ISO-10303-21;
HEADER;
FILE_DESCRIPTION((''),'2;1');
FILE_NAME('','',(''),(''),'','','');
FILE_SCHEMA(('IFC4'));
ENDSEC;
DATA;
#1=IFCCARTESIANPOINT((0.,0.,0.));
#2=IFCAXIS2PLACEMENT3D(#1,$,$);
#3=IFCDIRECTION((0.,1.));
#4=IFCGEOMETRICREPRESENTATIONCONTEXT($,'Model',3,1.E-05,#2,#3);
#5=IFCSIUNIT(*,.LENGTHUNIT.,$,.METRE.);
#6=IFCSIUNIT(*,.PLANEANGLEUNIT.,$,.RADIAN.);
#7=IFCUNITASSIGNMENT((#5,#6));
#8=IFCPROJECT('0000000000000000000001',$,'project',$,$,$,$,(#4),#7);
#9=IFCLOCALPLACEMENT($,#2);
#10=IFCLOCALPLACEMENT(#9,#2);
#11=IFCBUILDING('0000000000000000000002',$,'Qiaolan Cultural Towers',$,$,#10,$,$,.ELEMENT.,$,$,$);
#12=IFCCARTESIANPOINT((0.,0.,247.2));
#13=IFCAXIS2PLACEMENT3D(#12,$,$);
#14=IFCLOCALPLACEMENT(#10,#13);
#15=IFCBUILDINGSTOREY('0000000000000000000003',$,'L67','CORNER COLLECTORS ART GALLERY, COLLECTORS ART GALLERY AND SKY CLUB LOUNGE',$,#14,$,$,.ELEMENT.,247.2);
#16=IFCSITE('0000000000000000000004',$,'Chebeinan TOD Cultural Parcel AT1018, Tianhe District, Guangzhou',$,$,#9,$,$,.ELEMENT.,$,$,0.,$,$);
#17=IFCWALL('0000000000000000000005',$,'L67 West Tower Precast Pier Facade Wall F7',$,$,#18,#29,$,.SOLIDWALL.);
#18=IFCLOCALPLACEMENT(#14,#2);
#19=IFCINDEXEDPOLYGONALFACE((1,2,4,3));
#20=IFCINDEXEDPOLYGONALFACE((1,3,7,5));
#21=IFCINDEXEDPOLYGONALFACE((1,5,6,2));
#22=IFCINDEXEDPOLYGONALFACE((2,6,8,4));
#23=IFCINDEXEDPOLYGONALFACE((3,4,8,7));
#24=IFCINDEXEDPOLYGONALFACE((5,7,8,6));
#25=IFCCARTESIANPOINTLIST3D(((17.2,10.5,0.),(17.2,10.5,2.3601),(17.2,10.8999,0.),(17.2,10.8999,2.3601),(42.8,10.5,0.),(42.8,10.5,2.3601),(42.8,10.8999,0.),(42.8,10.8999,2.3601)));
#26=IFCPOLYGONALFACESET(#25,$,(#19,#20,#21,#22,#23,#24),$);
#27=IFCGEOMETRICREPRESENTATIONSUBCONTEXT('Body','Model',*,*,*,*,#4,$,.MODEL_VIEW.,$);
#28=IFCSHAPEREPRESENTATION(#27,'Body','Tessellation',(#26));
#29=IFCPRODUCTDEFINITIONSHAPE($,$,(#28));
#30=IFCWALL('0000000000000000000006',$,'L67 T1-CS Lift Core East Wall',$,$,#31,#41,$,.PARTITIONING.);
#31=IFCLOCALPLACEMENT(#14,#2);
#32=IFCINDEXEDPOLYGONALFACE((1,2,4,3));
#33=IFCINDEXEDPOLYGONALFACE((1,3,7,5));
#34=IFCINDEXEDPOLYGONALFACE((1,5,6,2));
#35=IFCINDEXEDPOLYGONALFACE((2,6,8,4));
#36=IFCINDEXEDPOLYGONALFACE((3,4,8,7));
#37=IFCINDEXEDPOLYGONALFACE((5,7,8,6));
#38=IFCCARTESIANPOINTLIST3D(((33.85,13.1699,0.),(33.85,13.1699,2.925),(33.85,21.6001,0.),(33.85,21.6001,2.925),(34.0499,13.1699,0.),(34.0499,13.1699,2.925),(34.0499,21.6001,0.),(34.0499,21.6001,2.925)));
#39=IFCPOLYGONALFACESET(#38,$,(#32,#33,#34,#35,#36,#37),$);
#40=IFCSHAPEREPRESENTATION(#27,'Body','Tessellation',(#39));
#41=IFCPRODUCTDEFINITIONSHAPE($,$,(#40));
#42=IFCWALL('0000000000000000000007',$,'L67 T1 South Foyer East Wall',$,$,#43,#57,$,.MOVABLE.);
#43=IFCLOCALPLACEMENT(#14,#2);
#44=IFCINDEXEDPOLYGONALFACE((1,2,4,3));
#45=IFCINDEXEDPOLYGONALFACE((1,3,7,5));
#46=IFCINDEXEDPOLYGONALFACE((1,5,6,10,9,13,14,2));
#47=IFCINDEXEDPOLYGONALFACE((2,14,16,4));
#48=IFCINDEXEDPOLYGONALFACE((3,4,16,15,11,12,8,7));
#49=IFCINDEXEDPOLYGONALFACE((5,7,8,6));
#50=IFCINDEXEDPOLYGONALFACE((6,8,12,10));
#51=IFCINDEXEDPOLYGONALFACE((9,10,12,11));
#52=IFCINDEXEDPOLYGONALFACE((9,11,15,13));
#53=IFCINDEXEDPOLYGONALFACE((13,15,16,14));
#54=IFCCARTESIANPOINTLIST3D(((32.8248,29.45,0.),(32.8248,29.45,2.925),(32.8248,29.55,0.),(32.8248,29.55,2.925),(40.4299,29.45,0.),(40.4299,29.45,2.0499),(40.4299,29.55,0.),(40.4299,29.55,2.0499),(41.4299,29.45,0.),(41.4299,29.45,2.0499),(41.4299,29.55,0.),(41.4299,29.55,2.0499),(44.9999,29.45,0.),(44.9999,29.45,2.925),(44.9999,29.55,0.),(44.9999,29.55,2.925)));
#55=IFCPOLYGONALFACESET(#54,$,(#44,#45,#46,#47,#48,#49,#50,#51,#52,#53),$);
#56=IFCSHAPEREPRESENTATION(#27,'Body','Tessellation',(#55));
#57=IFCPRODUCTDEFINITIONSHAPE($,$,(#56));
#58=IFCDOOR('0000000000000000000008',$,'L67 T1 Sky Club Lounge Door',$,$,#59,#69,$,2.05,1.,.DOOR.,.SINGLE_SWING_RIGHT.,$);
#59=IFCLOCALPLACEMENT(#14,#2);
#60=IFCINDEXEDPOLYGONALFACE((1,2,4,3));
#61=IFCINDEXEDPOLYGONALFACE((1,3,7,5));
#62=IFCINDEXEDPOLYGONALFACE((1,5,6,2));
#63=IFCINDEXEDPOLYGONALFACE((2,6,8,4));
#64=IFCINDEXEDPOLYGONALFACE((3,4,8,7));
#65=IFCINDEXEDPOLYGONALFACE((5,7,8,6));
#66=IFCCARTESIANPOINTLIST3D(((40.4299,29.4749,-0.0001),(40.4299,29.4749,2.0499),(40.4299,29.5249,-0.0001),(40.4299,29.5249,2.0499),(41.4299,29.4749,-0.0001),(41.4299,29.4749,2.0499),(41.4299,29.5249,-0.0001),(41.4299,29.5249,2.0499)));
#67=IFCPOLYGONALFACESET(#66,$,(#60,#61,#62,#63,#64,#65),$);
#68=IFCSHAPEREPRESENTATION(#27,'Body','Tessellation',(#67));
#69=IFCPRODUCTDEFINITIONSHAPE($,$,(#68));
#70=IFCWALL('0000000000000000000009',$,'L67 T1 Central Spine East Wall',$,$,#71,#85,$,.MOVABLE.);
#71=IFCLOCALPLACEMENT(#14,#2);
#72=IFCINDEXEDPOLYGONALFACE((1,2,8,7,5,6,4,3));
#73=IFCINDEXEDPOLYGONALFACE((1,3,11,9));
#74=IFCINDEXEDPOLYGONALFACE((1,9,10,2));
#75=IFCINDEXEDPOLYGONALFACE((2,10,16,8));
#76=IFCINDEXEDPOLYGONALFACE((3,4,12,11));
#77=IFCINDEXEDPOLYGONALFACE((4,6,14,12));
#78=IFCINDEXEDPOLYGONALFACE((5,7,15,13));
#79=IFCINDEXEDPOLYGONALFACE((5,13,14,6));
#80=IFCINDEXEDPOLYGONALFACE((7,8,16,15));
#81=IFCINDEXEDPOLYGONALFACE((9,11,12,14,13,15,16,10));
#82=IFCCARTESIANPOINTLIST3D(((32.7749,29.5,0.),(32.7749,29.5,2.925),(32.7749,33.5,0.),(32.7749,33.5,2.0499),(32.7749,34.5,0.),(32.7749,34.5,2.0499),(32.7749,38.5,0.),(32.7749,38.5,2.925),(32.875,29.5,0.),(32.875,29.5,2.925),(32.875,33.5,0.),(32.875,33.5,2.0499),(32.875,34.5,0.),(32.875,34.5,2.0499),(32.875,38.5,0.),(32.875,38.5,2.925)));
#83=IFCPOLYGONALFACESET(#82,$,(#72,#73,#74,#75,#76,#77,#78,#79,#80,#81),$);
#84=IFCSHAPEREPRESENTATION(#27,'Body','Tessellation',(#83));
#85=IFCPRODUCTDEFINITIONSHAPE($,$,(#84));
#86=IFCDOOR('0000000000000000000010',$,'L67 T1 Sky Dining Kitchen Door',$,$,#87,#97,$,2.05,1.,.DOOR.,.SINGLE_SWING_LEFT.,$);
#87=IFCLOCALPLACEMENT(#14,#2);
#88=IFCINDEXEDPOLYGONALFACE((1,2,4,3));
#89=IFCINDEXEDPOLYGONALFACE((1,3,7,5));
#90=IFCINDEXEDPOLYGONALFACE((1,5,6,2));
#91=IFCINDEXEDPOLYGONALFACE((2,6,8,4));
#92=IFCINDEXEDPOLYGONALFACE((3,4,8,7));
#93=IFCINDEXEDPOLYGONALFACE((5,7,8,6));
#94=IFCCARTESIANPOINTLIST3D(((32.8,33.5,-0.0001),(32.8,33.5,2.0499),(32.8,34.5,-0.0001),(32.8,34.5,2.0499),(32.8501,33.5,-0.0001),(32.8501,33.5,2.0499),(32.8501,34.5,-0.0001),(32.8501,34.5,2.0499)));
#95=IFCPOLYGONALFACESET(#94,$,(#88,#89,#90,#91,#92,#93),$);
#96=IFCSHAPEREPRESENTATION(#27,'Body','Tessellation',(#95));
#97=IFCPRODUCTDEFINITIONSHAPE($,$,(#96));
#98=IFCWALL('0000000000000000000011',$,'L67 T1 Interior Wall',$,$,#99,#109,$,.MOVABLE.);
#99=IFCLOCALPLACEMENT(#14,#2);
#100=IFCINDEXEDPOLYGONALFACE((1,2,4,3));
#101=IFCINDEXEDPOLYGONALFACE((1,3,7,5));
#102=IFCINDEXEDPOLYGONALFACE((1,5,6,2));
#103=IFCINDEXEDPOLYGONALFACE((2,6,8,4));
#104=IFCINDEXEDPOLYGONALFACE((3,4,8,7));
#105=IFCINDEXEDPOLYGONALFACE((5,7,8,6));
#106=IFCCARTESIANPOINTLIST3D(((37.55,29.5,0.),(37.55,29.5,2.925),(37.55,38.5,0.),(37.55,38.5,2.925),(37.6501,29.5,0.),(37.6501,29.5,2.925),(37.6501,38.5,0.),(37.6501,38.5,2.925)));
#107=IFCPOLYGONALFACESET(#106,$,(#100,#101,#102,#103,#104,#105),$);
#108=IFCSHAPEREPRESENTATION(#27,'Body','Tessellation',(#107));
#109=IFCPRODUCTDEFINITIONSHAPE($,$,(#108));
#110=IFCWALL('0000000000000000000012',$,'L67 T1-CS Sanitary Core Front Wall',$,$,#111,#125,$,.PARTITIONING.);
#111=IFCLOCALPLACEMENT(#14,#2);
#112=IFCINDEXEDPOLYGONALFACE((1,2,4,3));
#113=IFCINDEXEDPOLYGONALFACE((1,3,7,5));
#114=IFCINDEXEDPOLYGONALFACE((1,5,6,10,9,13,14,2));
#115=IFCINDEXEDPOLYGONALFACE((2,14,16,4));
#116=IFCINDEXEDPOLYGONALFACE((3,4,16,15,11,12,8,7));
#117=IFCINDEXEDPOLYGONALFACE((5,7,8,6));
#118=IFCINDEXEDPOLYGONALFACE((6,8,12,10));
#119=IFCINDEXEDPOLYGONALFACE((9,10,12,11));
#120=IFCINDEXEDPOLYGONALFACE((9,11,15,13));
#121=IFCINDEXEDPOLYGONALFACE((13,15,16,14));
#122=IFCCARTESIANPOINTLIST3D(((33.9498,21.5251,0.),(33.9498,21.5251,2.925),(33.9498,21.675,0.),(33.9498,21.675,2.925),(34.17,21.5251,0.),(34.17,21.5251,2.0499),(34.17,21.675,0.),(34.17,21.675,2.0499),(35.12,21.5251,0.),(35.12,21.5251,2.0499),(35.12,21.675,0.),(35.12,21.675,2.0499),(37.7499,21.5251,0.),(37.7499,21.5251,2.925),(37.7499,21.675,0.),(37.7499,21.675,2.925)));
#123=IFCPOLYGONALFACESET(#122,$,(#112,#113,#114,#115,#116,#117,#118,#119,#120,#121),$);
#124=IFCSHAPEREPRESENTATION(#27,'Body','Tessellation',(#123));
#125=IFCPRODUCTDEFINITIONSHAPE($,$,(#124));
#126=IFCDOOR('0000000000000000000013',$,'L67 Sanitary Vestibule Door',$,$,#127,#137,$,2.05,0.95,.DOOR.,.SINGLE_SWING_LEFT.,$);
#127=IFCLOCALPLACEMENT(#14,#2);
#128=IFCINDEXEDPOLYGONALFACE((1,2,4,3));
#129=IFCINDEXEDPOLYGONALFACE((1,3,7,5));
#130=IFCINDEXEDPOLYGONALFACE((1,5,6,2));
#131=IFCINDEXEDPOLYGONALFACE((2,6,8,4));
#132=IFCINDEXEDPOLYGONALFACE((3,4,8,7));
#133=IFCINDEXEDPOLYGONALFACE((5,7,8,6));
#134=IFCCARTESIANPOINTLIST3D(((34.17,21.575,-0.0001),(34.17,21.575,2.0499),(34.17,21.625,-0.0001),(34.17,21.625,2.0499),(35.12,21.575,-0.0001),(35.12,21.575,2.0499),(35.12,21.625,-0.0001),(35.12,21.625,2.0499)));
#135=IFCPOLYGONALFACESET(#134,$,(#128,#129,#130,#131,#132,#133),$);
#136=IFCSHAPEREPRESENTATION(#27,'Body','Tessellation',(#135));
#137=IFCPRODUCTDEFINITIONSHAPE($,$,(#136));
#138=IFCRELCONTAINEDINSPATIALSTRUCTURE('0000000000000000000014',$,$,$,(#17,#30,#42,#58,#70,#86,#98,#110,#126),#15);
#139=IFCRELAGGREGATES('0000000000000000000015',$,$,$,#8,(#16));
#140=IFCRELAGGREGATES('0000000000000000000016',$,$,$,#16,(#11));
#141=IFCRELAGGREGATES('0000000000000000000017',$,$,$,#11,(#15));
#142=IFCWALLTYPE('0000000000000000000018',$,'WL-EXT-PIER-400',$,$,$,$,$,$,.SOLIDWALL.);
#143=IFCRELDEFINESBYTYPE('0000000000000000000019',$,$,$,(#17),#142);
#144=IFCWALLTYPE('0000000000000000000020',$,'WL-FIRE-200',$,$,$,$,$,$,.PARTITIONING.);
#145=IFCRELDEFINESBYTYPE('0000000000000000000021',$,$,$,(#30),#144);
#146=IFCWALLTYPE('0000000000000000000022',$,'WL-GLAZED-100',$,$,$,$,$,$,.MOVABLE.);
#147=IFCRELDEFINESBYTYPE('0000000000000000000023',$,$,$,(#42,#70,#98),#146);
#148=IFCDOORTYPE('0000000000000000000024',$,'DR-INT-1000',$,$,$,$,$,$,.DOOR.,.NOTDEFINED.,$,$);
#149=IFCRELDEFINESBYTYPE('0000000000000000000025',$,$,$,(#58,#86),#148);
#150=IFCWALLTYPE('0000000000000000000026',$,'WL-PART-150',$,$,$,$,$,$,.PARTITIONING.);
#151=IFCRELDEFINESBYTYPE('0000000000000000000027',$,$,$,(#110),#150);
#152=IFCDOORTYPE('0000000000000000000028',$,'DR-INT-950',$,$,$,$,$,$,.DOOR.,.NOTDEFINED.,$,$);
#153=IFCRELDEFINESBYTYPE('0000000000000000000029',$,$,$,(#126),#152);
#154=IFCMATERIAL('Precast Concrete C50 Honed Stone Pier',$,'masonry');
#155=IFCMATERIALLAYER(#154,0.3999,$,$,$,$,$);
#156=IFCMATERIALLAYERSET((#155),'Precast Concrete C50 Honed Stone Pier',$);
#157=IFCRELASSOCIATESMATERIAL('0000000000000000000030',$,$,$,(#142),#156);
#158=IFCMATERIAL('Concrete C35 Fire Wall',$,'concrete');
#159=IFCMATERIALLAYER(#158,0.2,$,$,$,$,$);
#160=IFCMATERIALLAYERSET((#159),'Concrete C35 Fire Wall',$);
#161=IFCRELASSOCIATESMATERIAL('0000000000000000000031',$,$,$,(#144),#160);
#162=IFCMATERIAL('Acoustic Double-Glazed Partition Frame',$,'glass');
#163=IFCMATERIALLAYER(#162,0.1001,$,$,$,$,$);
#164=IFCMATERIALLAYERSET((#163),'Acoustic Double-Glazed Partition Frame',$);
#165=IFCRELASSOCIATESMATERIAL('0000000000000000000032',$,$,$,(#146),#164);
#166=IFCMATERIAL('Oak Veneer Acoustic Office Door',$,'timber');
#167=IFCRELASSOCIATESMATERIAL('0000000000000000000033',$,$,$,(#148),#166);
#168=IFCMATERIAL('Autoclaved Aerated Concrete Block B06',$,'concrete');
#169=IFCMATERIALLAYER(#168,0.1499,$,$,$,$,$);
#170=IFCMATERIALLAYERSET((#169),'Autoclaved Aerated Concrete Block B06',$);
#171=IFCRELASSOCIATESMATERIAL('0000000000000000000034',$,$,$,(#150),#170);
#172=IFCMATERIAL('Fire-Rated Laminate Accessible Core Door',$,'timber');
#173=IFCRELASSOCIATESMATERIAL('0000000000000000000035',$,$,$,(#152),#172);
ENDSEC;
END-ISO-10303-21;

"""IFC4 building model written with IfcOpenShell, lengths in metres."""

from ifc_helpers import new_model, si_unit, direction, frame, frame_2d, origin, place, context, subcontext, project, spatial, rectangle, extrude, material, layer, layer_set, type_object, element, fill, save


model = new_model("IFC4")

# Units and contexts
model_context = context("Model", 3, precision=1e-05, world=origin(), true_north=direction((0.0, 1.0)))
body_context = subcontext(model_context, "Body", "Model", "MODEL_VIEW")
ifc_project = project(units=[si_unit("LENGTHUNIT", "METRE"), si_unit("PLANEANGLEUNIT", "RADIAN")], contexts=[model_context])

# Site, building, storey
site_placement = place(None, origin())
site = spatial("IfcSite", under=ifc_project, at=site_placement, Name="Chebeinan TOD Cultural Parcel AT1018, Tianhe District, Guangzhou", CompositionType="ELEMENT", RefElevation=0.0)
building_placement = place(site_placement, origin())
building = spatial("IfcBuilding", under=site, at=building_placement, Name="Qiaolan Cultural Towers", CompositionType="ELEMENT")
storey_placement = place(building_placement, frame((0.0, 0.0, 247.2)))
storey = spatial("IfcBuildingStorey", under=building, at=storey_placement, Name="L67", Description="CORNER COLLECTORS ART GALLERY, COLLECTORS ART GALLERY AND SKY CLUB LOUNGE", CompositionType="ELEMENT", Elevation=247.2)

# Walls
ifc_material_1 = material(Name="Precast Concrete C50 Honed Stone Pier", Category="masonry")
ifc_layer_1 = layer(ifc_material_1, 0.3999)
ifc_layer_set_1 = layer_set([ifc_layer_1], Name="Precast Concrete C50 Honed Stone Pier")
wall_type_1 = type_object("IfcWallType", Name="WL-EXT-PIER-400", PredefinedType="SOLIDWALL", material=ifc_layer_set_1)
wall_1_placement = place(storey_placement, frame((42.8, 10.7, 0.0), z_axis=(0.0, 0.0, 1.0), x_axis=(-1.0, 0.0, 0.0)))
element("IfcWall", 1, at=wall_1_placement, inside=storey, type_object=wall_type_1, Name="L67 West Tower Precast Pier Facade Wall F7", PredefinedType="SOLIDWALL", context=body_context, shape_type="SweptSolid", body=[
    extrude(rectangle(XDim=25.6001, YDim=0.3999, at=frame_2d((12.8, 0.0))), origin(), (0.0, 0.0, 1.0), 2.3601),
])
ifc_material_2 = material(Name="Concrete C35 Fire Wall", Category="concrete")
ifc_layer_2 = layer(ifc_material_2, 0.2)
ifc_layer_set_2 = layer_set([ifc_layer_2], Name="Concrete C35 Fire Wall")
wall_type_2 = type_object("IfcWallType", Name="WL-FIRE-200", PredefinedType="PARTITIONING", material=ifc_layer_set_2)
wall_2_placement = place(storey_placement, frame((33.95, 21.6001, 0.0), z_axis=(0.0, 0.0, 1.0), x_axis=(0.0, -1.0, 0.0)))
element("IfcWall", 2, at=wall_2_placement, inside=storey, type_object=wall_type_2, Name="L67 T1-CS Lift Core East Wall", PredefinedType="PARTITIONING", context=body_context, shape_type="SweptSolid", body=[
    extrude(rectangle(XDim=8.4302, YDim=0.2, at=frame_2d((4.2151, 0.0))), origin(), (0.0, 0.0, 1.0), 2.925),
])

# Walls, openings, doors
ifc_material_3 = material(Name="Acoustic Double-Glazed Partition Frame", Category="glass")
ifc_layer_3 = layer(ifc_material_3, 0.1001)
ifc_layer_set_3 = layer_set([ifc_layer_3], Name="Acoustic Double-Glazed Partition Frame")
wall_type_3 = type_object("IfcWallType", Name="WL-GLAZED-100", PredefinedType="MOVABLE", material=ifc_layer_set_3)
wall_3_placement = place(storey_placement, frame((32.825, 29.5, 0.0), z_axis=(0.0, 0.0, 1.0), x_axis=(1.0, 0.0, 0.0)))
wall_3 = element("IfcWall", 3, at=wall_3_placement, inside=storey, type_object=wall_type_3, Name="L67 T1 South Foyer East Wall", PredefinedType="MOVABLE", context=body_context, shape_type="SweptSolid", body=[
    extrude(rectangle(XDim=12.175, YDim=0.1001, at=frame_2d((6.0874, 0.0))), origin(), (0.0, 0.0, 1.0), 2.925),
])
opening_1_placement = place(wall_3_placement, frame((7.605, 0.0, 0.0)))
opening_1 = element("IfcOpeningElement", 4, at=opening_1_placement, cuts=wall_3, PredefinedType="OPENING", context=body_context, shape_type="SweptSolid", body=[
    extrude(rectangle(XDim=1.0, YDim=2.05, at=frame_2d((0.5, 1.0249))), frame((0.0, 0.0601, 0.0), z_axis=(0.0, -1.0, 0.0), x_axis=(1.0, 0.0, 0.0)), (0.0, 0.0, 1.0), 0.1201),
])
ifc_material_4 = material(Name="Oak Veneer Acoustic Office Door", Category="timber")
door_type_1 = type_object("IfcDoorType", Name="DR-INT-1000", OperationType="NOTDEFINED", PredefinedType="DOOR", material=ifc_material_4)
door_1_placement = place(opening_1_placement, origin())
door_1 = element("IfcDoor", 5, at=door_1_placement, inside=storey, type_object=door_type_1, Name="L67 T1 Sky Club Lounge Door", OperationType="SINGLE_SWING_RIGHT", OverallHeight=2.05, OverallWidth=1.0, PredefinedType="DOOR", context=body_context, shape_type="SweptSolid", body=[
    extrude(rectangle(XDim=1.0, YDim=2.05, at=frame_2d((0.5, 1.0249))), frame((0.0, 0.0249, 0.0), z_axis=(0.0, -1.0, 0.0), x_axis=(1.0, 0.0, 0.0)), (0.0, 0.0, 1.0), 0.05),
])
fill(opening_1, door_1)
wall_4_placement = place(storey_placement, frame((32.825, 29.5, 0.0), z_axis=(0.0, 0.0, 1.0), x_axis=(0.0, 1.0, 0.0)))
wall_4 = element("IfcWall", 6, at=wall_4_placement, inside=storey, type_object=wall_type_3, Name="L67 T1 Central Spine East Wall", PredefinedType="MOVABLE", context=body_context, shape_type="SweptSolid", body=[
    extrude(rectangle(XDim=9.0, YDim=0.1001, at=frame_2d((4.5, 0.0))), origin(), (0.0, 0.0, 1.0), 2.925),
])
opening_2_placement = place(wall_4_placement, frame((4.0, 0.0, 0.0)))
opening_2 = element("IfcOpeningElement", 7, at=opening_2_placement, cuts=wall_4, PredefinedType="OPENING", context=body_context, shape_type="SweptSolid", body=[
    extrude(rectangle(XDim=1.0, YDim=2.05, at=frame_2d((0.5, 1.0249))), frame((0.0, 0.0601, 0.0), z_axis=(0.0, -1.0, 0.0), x_axis=(1.0, 0.0, 0.0)), (0.0, 0.0, 1.0), 0.1201),
])
door_2_placement = place(opening_2_placement, origin())
door_2 = element("IfcDoor", 8, at=door_2_placement, inside=storey, type_object=door_type_1, Name="L67 T1 Sky Dining Kitchen Door", OperationType="SINGLE_SWING_LEFT", OverallHeight=2.05, OverallWidth=1.0, PredefinedType="DOOR", context=body_context, shape_type="SweptSolid", body=[
    extrude(rectangle(XDim=1.0, YDim=2.05, at=frame_2d((0.5, 1.0249))), frame((0.0, 0.0249, 0.0), z_axis=(0.0, -1.0, 0.0), x_axis=(1.0, 0.0, 0.0)), (0.0, 0.0, 1.0), 0.05),
])
fill(opening_2, door_2)

# Wall
wall_5_placement = place(storey_placement, frame((37.6001, 29.5, 0.0), z_axis=(0.0, 0.0, 1.0), x_axis=(0.0, 1.0, 0.0)))
element("IfcWall", 9, at=wall_5_placement, inside=storey, type_object=wall_type_3, Name="L67 T1 Interior Wall", PredefinedType="MOVABLE", context=body_context, shape_type="SweptSolid", body=[
    extrude(rectangle(XDim=9.0, YDim=0.1001, at=frame_2d((4.5, 0.0))), origin(), (0.0, 0.0, 1.0), 2.925),
])

# Wall, opening, door
ifc_material_5 = material(Name="Autoclaved Aerated Concrete Block B06", Category="concrete")
ifc_layer_4 = layer(ifc_material_5, 0.1499)
ifc_layer_set_4 = layer_set([ifc_layer_4], Name="Autoclaved Aerated Concrete Block B06")
wall_type_4 = type_object("IfcWallType", Name="WL-PART-150", PredefinedType="PARTITIONING", material=ifc_layer_set_4)
wall_6_placement = place(storey_placement, frame((33.95, 21.6001, 0.0), z_axis=(0.0, 0.0, 1.0), x_axis=(1.0, 0.0, 0.0)))
wall_6 = element("IfcWall", 10, at=wall_6_placement, inside=storey, type_object=wall_type_4, Name="L67 T1-CS Sanitary Core Front Wall", PredefinedType="PARTITIONING", context=body_context, shape_type="SweptSolid", body=[
    extrude(rectangle(XDim=3.8, YDim=0.1499, at=frame_2d((1.8999, 0.0))), origin(), (0.0, 0.0, 1.0), 2.925),
])
opening_3_placement = place(wall_6_placement, frame((0.22, 0.0, 0.0)))
opening_3 = element("IfcOpeningElement", 11, at=opening_3_placement, cuts=wall_6, PredefinedType="OPENING", context=body_context, shape_type="SweptSolid", body=[
    extrude(rectangle(XDim=0.95, YDim=2.05, at=frame_2d((0.4751, 1.0249))), frame((0.0, 0.085, 0.0), z_axis=(0.0, -1.0, 0.0), x_axis=(1.0, 0.0, 0.0)), (0.0, 0.0, 1.0), 0.1699),
])
ifc_material_6 = material(Name="Fire-Rated Laminate Accessible Core Door", Category="timber")
door_type_2 = type_object("IfcDoorType", Name="DR-INT-950", OperationType="NOTDEFINED", PredefinedType="DOOR", material=ifc_material_6)
door_3_placement = place(opening_3_placement, origin())
door_3 = element("IfcDoor", 12, at=door_3_placement, inside=storey, type_object=door_type_2, Name="L67 Sanitary Vestibule Door", OperationType="SINGLE_SWING_LEFT", OverallHeight=2.05, OverallWidth=0.95, PredefinedType="DOOR", context=body_context, shape_type="SweptSolid", body=[
    extrude(rectangle(XDim=0.95, YDim=2.05, at=frame_2d((0.4751, 1.0249))), frame((0.0, 0.0249, 0.0), z_axis=(0.0, -1.0, 0.0), x_axis=(1.0, 0.0, 0.0)), (0.0, 0.0, 1.0), 0.05),
])
fill(opening_3, door_3)

save(model, "model.ifc")
